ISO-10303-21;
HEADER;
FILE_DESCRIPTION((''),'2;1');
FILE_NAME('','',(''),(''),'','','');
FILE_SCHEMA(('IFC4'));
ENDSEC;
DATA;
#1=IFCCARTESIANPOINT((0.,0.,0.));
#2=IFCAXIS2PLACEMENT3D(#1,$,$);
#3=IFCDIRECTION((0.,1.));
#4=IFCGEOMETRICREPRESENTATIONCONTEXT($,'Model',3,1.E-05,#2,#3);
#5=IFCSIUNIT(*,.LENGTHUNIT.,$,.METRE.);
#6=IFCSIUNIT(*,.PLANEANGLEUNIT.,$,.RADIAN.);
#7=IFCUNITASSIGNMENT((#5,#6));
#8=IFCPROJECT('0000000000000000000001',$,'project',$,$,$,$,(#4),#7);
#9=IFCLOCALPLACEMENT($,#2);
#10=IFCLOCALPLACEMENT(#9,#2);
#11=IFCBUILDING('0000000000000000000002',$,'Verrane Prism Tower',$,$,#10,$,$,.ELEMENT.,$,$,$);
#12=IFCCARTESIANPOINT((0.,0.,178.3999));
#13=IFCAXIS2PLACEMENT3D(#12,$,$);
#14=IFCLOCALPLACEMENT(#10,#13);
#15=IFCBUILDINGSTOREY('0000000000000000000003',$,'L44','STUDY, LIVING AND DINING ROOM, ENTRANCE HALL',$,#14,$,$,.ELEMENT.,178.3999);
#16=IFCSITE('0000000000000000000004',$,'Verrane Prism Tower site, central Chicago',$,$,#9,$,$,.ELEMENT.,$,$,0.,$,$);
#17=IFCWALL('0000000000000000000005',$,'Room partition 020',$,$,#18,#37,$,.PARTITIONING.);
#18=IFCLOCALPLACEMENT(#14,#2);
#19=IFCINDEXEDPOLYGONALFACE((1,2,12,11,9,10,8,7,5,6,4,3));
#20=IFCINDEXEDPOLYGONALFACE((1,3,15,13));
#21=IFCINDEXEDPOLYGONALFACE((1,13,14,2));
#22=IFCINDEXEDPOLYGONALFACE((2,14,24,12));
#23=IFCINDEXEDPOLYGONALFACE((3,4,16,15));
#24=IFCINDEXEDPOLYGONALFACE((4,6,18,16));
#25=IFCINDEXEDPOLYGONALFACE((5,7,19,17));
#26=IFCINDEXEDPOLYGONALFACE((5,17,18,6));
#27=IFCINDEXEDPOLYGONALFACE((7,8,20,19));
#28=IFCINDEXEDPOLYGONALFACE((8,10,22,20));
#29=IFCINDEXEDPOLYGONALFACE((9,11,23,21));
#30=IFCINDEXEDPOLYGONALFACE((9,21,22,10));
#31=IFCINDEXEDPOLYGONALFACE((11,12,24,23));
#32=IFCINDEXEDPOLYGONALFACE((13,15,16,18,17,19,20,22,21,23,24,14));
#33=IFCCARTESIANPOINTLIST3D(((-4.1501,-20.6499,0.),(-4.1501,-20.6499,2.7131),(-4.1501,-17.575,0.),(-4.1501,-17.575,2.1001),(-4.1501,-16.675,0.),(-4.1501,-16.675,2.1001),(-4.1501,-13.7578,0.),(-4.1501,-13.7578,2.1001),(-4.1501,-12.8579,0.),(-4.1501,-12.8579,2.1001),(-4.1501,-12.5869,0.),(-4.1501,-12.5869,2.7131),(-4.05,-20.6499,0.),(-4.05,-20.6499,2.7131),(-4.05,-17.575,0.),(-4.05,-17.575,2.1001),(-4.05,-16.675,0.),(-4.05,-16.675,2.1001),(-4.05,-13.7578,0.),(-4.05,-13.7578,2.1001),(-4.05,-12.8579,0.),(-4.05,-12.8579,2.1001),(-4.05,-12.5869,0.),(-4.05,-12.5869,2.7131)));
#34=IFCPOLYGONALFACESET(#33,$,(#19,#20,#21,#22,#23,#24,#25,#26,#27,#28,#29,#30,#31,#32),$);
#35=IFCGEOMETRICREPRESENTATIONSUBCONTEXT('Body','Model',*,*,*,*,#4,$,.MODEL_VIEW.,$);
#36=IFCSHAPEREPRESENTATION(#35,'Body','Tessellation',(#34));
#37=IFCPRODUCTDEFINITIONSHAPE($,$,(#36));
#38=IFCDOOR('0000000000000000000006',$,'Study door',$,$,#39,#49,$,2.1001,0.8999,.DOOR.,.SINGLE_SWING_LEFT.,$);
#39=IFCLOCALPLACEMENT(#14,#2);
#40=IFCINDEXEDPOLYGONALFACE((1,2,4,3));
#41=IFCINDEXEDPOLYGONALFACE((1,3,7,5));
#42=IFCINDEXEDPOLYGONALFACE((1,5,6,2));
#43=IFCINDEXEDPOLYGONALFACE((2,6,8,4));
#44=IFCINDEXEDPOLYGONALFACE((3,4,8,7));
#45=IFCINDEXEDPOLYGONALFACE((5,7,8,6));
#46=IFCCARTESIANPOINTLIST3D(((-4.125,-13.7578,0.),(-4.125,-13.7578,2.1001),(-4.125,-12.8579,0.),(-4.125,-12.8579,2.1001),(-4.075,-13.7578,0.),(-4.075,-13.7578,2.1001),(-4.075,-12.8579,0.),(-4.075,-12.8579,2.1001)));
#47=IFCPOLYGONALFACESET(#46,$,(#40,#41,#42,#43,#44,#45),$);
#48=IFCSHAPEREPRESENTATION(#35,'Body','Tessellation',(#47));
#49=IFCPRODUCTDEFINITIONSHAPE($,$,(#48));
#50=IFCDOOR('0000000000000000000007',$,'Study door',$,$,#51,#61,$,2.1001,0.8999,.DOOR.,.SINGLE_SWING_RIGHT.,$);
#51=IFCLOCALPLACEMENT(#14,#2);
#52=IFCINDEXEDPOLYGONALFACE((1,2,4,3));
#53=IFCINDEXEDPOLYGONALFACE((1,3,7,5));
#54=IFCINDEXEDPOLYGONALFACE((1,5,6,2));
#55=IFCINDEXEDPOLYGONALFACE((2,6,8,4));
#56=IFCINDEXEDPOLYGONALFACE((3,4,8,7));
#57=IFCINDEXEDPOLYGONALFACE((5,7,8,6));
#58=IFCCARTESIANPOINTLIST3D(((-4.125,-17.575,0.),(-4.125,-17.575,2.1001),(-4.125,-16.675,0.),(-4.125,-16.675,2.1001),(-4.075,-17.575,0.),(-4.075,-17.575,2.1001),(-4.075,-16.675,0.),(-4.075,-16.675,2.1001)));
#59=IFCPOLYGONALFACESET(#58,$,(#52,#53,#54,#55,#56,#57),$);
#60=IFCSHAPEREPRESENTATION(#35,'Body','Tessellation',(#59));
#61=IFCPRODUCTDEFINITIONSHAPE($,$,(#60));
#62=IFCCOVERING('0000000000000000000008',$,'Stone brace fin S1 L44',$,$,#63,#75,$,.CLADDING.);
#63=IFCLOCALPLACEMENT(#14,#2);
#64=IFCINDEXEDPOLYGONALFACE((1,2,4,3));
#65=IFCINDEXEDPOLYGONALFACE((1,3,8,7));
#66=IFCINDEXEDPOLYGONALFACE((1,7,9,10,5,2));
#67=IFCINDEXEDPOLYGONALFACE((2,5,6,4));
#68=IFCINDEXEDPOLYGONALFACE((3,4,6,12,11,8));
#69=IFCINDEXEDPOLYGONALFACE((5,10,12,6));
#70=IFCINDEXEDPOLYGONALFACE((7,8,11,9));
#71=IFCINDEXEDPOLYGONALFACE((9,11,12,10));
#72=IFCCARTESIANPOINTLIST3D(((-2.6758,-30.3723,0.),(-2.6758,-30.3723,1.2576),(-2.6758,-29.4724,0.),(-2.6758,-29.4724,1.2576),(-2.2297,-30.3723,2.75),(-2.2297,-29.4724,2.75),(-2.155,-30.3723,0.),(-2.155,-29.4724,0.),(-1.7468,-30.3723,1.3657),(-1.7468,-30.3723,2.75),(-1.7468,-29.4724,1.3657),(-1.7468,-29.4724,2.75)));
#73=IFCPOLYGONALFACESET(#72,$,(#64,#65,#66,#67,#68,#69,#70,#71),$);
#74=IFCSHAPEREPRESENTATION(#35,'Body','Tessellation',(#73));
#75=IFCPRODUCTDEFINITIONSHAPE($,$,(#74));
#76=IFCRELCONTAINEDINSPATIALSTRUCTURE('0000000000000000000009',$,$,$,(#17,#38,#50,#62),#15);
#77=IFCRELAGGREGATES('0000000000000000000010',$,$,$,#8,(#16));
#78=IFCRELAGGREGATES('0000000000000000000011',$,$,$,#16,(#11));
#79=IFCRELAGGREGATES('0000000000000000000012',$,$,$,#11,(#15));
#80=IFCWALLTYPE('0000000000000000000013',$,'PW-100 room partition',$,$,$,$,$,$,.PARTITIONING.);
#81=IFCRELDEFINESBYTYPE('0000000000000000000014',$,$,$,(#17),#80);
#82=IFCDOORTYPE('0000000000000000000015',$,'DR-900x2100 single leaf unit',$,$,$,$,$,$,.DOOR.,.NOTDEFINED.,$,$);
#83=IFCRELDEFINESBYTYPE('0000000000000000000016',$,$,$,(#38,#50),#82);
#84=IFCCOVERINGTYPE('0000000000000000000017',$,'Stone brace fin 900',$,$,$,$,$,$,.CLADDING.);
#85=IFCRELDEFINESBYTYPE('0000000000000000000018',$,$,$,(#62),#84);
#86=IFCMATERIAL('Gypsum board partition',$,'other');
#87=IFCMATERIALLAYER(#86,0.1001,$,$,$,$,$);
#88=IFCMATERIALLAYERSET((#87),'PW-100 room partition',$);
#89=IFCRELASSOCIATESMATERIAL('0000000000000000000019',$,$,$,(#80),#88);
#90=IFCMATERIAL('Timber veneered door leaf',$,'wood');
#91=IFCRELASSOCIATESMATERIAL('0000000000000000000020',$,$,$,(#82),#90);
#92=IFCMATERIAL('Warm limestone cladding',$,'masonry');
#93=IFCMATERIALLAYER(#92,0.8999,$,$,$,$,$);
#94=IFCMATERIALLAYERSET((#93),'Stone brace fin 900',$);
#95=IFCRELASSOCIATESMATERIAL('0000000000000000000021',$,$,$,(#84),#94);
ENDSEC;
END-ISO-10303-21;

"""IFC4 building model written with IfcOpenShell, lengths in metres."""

from ifc_helpers import new_model, si_unit, direction, frame, frame_2d, origin, place, context, subcontext, project, spatial, polyline, rectangle, outline, extrude, material, layer, layer_set, type_object, element, fill, save


model = new_model("IFC4")

# Units and contexts
model_context = context("Model", 3, precision=1e-05, world=origin(), true_north=direction((0.0, 1.0)))
body_context = subcontext(model_context, "Body", "Model", "MODEL_VIEW")
ifc_project = project(units=[si_unit("LENGTHUNIT", "METRE"), si_unit("PLANEANGLEUNIT", "RADIAN")], contexts=[model_context])

# Site, building, storey
site_placement = place(None, origin())
site = spatial("IfcSite", under=ifc_project, at=site_placement, Name="Verrane Prism Tower site, central Chicago", CompositionType="ELEMENT", RefElevation=0.0)
building_placement = place(site_placement, origin())
building = spatial("IfcBuilding", under=site, at=building_placement, Name="Verrane Prism Tower", CompositionType="ELEMENT")
storey_placement = place(building_placement, frame((0.0, 0.0, 178.3999)))
storey = spatial("IfcBuildingStorey", under=building, at=storey_placement, Name="L44", Description="STUDY, LIVING AND DINING ROOM, ENTRANCE HALL", CompositionType="ELEMENT", Elevation=178.3999)

# Shared definitions
ifc_material_1 = material(Name="Gypsum board partition", Category="other")
ifc_layer_1 = layer(ifc_material_1, 0.1001)
ifc_layer_set_1 = layer_set([ifc_layer_1], Name="PW-100 room partition")
wall_type = type_object("IfcWallType", Name="PW-100 room partition", PredefinedType="PARTITIONING", material=ifc_layer_set_1)

# Wall, openings, doors
wall_1_placement = place(storey_placement, frame((-4.1001, -20.6499, 0.0), z_axis=(0.0, 0.0, 1.0), x_axis=(0.0, 1.0, 0.0)))
wall_1 = element("IfcWall", 1, at=wall_1_placement, inside=storey, type_object=wall_type, Name="Room partition 020", PredefinedType="PARTITIONING", context=body_context, shape_type="SweptSolid", body=[
    extrude(rectangle(XDim=8.063, YDim=0.1001, at=frame_2d((4.0315, 0.0))), origin(), (0.0, 0.0, 1.0), 2.7131),
])
opening_1_placement = place(wall_1_placement, frame((6.8921, 0.0, 0.0)))
opening_1 = element("IfcOpeningElement", 2, at=opening_1_placement, cuts=wall_1, PredefinedType="OPENING", context=body_context, shape_type="SweptSolid", body=[
    extrude(rectangle(XDim=0.8999, YDim=2.1001, at=frame_2d((0.45, 1.05))), frame((0.0, 0.0601, 0.0), z_axis=(0.0, -1.0, 0.0), x_axis=(1.0, 0.0, 0.0)), (0.0, 0.0, 1.0), 0.1201),
])
opening_2_placement = place(wall_1_placement, frame((3.075, 0.0, 0.0)))
opening_2 = element("IfcOpeningElement", 3, at=opening_2_placement, cuts=wall_1, PredefinedType="OPENING", context=body_context, shape_type="SweptSolid", body=[
    extrude(rectangle(XDim=0.8999, YDim=2.1001, at=frame_2d((0.45, 1.05))), frame((0.0, 0.0601, 0.0), z_axis=(0.0, -1.0, 0.0), x_axis=(1.0, 0.0, 0.0)), (0.0, 0.0, 1.0), 0.1201),
])
ifc_material_2 = material(Name="Timber veneered door leaf", Category="wood")
door_type = type_object("IfcDoorType", Name="DR-900x2100 single leaf unit", OperationType="NOTDEFINED", PredefinedType="DOOR", material=ifc_material_2)
door_1_placement = place(opening_1_placement, origin())
door_1 = element("IfcDoor", 4, at=door_1_placement, inside=storey, type_object=door_type, Name="Study door", OperationType="SINGLE_SWING_LEFT", OverallHeight=2.1001, OverallWidth=0.8999, PredefinedType="DOOR", context=body_context, shape_type="SweptSolid", body=[
    extrude(rectangle(XDim=0.8999, YDim=2.1001, at=frame_2d((0.45, 1.05))), frame((0.0, 0.0249, 0.0), z_axis=(0.0, -1.0, 0.0), x_axis=(1.0, 0.0, 0.0)), (0.0, 0.0, 1.0), 0.05),
])
fill(opening_1, door_1)
door_2_placement = place(opening_2_placement, origin())
door_2 = element("IfcDoor", 5, at=door_2_placement, inside=storey, type_object=door_type, Name="Study door", OperationType="SINGLE_SWING_RIGHT", OverallHeight=2.1001, OverallWidth=0.8999, PredefinedType="DOOR", context=body_context, shape_type="SweptSolid", body=[
    extrude(rectangle(XDim=0.8999, YDim=2.1001, at=frame_2d((0.45, 1.05))), frame((0.0, 0.0249, 0.0), z_axis=(0.0, -1.0, 0.0), x_axis=(1.0, 0.0, 0.0)), (0.0, 0.0, 1.0), 0.05),
])
fill(opening_2, door_2)

# Covering
ifc_material_3 = material(Name="Warm limestone cladding", Category="masonry")
ifc_layer_2 = layer(ifc_material_3, 0.8999)
ifc_layer_set_2 = layer_set([ifc_layer_2], Name="Stone brace fin 900")
covering_type = type_object("IfcCoveringType", Name="Stone brace fin 900", PredefinedType="CLADDING", material=ifc_layer_set_2)
covering_placement = place(storey_placement, frame((-2.6758, -29.9224, 0.0), z_axis=(0.0, 0.0, 1.0), x_axis=(1.0, 0.0, 0.0)))
element("IfcCovering", 6, at=covering_placement, inside=storey, type_object=covering_type, Name="Stone brace fin S1 L44", PredefinedType="CLADDING", context=body_context, shape_type="SweptSolid", body=[
    extrude(outline(polyline([(0.929, 2.75), (0.446, 2.75), (0.0, 1.2576), (0.0, 0.0), (0.5208, 0.0), (0.929, 1.3657), (0.929, 2.75)])), frame((0.0, 0.45, 0.0), z_axis=(0.0, -1.0, 0.0), x_axis=(1.0, 0.0, 0.0)), (0.0, 0.0, 1.0), 0.8999),
])

save(model, "model.ifc")
